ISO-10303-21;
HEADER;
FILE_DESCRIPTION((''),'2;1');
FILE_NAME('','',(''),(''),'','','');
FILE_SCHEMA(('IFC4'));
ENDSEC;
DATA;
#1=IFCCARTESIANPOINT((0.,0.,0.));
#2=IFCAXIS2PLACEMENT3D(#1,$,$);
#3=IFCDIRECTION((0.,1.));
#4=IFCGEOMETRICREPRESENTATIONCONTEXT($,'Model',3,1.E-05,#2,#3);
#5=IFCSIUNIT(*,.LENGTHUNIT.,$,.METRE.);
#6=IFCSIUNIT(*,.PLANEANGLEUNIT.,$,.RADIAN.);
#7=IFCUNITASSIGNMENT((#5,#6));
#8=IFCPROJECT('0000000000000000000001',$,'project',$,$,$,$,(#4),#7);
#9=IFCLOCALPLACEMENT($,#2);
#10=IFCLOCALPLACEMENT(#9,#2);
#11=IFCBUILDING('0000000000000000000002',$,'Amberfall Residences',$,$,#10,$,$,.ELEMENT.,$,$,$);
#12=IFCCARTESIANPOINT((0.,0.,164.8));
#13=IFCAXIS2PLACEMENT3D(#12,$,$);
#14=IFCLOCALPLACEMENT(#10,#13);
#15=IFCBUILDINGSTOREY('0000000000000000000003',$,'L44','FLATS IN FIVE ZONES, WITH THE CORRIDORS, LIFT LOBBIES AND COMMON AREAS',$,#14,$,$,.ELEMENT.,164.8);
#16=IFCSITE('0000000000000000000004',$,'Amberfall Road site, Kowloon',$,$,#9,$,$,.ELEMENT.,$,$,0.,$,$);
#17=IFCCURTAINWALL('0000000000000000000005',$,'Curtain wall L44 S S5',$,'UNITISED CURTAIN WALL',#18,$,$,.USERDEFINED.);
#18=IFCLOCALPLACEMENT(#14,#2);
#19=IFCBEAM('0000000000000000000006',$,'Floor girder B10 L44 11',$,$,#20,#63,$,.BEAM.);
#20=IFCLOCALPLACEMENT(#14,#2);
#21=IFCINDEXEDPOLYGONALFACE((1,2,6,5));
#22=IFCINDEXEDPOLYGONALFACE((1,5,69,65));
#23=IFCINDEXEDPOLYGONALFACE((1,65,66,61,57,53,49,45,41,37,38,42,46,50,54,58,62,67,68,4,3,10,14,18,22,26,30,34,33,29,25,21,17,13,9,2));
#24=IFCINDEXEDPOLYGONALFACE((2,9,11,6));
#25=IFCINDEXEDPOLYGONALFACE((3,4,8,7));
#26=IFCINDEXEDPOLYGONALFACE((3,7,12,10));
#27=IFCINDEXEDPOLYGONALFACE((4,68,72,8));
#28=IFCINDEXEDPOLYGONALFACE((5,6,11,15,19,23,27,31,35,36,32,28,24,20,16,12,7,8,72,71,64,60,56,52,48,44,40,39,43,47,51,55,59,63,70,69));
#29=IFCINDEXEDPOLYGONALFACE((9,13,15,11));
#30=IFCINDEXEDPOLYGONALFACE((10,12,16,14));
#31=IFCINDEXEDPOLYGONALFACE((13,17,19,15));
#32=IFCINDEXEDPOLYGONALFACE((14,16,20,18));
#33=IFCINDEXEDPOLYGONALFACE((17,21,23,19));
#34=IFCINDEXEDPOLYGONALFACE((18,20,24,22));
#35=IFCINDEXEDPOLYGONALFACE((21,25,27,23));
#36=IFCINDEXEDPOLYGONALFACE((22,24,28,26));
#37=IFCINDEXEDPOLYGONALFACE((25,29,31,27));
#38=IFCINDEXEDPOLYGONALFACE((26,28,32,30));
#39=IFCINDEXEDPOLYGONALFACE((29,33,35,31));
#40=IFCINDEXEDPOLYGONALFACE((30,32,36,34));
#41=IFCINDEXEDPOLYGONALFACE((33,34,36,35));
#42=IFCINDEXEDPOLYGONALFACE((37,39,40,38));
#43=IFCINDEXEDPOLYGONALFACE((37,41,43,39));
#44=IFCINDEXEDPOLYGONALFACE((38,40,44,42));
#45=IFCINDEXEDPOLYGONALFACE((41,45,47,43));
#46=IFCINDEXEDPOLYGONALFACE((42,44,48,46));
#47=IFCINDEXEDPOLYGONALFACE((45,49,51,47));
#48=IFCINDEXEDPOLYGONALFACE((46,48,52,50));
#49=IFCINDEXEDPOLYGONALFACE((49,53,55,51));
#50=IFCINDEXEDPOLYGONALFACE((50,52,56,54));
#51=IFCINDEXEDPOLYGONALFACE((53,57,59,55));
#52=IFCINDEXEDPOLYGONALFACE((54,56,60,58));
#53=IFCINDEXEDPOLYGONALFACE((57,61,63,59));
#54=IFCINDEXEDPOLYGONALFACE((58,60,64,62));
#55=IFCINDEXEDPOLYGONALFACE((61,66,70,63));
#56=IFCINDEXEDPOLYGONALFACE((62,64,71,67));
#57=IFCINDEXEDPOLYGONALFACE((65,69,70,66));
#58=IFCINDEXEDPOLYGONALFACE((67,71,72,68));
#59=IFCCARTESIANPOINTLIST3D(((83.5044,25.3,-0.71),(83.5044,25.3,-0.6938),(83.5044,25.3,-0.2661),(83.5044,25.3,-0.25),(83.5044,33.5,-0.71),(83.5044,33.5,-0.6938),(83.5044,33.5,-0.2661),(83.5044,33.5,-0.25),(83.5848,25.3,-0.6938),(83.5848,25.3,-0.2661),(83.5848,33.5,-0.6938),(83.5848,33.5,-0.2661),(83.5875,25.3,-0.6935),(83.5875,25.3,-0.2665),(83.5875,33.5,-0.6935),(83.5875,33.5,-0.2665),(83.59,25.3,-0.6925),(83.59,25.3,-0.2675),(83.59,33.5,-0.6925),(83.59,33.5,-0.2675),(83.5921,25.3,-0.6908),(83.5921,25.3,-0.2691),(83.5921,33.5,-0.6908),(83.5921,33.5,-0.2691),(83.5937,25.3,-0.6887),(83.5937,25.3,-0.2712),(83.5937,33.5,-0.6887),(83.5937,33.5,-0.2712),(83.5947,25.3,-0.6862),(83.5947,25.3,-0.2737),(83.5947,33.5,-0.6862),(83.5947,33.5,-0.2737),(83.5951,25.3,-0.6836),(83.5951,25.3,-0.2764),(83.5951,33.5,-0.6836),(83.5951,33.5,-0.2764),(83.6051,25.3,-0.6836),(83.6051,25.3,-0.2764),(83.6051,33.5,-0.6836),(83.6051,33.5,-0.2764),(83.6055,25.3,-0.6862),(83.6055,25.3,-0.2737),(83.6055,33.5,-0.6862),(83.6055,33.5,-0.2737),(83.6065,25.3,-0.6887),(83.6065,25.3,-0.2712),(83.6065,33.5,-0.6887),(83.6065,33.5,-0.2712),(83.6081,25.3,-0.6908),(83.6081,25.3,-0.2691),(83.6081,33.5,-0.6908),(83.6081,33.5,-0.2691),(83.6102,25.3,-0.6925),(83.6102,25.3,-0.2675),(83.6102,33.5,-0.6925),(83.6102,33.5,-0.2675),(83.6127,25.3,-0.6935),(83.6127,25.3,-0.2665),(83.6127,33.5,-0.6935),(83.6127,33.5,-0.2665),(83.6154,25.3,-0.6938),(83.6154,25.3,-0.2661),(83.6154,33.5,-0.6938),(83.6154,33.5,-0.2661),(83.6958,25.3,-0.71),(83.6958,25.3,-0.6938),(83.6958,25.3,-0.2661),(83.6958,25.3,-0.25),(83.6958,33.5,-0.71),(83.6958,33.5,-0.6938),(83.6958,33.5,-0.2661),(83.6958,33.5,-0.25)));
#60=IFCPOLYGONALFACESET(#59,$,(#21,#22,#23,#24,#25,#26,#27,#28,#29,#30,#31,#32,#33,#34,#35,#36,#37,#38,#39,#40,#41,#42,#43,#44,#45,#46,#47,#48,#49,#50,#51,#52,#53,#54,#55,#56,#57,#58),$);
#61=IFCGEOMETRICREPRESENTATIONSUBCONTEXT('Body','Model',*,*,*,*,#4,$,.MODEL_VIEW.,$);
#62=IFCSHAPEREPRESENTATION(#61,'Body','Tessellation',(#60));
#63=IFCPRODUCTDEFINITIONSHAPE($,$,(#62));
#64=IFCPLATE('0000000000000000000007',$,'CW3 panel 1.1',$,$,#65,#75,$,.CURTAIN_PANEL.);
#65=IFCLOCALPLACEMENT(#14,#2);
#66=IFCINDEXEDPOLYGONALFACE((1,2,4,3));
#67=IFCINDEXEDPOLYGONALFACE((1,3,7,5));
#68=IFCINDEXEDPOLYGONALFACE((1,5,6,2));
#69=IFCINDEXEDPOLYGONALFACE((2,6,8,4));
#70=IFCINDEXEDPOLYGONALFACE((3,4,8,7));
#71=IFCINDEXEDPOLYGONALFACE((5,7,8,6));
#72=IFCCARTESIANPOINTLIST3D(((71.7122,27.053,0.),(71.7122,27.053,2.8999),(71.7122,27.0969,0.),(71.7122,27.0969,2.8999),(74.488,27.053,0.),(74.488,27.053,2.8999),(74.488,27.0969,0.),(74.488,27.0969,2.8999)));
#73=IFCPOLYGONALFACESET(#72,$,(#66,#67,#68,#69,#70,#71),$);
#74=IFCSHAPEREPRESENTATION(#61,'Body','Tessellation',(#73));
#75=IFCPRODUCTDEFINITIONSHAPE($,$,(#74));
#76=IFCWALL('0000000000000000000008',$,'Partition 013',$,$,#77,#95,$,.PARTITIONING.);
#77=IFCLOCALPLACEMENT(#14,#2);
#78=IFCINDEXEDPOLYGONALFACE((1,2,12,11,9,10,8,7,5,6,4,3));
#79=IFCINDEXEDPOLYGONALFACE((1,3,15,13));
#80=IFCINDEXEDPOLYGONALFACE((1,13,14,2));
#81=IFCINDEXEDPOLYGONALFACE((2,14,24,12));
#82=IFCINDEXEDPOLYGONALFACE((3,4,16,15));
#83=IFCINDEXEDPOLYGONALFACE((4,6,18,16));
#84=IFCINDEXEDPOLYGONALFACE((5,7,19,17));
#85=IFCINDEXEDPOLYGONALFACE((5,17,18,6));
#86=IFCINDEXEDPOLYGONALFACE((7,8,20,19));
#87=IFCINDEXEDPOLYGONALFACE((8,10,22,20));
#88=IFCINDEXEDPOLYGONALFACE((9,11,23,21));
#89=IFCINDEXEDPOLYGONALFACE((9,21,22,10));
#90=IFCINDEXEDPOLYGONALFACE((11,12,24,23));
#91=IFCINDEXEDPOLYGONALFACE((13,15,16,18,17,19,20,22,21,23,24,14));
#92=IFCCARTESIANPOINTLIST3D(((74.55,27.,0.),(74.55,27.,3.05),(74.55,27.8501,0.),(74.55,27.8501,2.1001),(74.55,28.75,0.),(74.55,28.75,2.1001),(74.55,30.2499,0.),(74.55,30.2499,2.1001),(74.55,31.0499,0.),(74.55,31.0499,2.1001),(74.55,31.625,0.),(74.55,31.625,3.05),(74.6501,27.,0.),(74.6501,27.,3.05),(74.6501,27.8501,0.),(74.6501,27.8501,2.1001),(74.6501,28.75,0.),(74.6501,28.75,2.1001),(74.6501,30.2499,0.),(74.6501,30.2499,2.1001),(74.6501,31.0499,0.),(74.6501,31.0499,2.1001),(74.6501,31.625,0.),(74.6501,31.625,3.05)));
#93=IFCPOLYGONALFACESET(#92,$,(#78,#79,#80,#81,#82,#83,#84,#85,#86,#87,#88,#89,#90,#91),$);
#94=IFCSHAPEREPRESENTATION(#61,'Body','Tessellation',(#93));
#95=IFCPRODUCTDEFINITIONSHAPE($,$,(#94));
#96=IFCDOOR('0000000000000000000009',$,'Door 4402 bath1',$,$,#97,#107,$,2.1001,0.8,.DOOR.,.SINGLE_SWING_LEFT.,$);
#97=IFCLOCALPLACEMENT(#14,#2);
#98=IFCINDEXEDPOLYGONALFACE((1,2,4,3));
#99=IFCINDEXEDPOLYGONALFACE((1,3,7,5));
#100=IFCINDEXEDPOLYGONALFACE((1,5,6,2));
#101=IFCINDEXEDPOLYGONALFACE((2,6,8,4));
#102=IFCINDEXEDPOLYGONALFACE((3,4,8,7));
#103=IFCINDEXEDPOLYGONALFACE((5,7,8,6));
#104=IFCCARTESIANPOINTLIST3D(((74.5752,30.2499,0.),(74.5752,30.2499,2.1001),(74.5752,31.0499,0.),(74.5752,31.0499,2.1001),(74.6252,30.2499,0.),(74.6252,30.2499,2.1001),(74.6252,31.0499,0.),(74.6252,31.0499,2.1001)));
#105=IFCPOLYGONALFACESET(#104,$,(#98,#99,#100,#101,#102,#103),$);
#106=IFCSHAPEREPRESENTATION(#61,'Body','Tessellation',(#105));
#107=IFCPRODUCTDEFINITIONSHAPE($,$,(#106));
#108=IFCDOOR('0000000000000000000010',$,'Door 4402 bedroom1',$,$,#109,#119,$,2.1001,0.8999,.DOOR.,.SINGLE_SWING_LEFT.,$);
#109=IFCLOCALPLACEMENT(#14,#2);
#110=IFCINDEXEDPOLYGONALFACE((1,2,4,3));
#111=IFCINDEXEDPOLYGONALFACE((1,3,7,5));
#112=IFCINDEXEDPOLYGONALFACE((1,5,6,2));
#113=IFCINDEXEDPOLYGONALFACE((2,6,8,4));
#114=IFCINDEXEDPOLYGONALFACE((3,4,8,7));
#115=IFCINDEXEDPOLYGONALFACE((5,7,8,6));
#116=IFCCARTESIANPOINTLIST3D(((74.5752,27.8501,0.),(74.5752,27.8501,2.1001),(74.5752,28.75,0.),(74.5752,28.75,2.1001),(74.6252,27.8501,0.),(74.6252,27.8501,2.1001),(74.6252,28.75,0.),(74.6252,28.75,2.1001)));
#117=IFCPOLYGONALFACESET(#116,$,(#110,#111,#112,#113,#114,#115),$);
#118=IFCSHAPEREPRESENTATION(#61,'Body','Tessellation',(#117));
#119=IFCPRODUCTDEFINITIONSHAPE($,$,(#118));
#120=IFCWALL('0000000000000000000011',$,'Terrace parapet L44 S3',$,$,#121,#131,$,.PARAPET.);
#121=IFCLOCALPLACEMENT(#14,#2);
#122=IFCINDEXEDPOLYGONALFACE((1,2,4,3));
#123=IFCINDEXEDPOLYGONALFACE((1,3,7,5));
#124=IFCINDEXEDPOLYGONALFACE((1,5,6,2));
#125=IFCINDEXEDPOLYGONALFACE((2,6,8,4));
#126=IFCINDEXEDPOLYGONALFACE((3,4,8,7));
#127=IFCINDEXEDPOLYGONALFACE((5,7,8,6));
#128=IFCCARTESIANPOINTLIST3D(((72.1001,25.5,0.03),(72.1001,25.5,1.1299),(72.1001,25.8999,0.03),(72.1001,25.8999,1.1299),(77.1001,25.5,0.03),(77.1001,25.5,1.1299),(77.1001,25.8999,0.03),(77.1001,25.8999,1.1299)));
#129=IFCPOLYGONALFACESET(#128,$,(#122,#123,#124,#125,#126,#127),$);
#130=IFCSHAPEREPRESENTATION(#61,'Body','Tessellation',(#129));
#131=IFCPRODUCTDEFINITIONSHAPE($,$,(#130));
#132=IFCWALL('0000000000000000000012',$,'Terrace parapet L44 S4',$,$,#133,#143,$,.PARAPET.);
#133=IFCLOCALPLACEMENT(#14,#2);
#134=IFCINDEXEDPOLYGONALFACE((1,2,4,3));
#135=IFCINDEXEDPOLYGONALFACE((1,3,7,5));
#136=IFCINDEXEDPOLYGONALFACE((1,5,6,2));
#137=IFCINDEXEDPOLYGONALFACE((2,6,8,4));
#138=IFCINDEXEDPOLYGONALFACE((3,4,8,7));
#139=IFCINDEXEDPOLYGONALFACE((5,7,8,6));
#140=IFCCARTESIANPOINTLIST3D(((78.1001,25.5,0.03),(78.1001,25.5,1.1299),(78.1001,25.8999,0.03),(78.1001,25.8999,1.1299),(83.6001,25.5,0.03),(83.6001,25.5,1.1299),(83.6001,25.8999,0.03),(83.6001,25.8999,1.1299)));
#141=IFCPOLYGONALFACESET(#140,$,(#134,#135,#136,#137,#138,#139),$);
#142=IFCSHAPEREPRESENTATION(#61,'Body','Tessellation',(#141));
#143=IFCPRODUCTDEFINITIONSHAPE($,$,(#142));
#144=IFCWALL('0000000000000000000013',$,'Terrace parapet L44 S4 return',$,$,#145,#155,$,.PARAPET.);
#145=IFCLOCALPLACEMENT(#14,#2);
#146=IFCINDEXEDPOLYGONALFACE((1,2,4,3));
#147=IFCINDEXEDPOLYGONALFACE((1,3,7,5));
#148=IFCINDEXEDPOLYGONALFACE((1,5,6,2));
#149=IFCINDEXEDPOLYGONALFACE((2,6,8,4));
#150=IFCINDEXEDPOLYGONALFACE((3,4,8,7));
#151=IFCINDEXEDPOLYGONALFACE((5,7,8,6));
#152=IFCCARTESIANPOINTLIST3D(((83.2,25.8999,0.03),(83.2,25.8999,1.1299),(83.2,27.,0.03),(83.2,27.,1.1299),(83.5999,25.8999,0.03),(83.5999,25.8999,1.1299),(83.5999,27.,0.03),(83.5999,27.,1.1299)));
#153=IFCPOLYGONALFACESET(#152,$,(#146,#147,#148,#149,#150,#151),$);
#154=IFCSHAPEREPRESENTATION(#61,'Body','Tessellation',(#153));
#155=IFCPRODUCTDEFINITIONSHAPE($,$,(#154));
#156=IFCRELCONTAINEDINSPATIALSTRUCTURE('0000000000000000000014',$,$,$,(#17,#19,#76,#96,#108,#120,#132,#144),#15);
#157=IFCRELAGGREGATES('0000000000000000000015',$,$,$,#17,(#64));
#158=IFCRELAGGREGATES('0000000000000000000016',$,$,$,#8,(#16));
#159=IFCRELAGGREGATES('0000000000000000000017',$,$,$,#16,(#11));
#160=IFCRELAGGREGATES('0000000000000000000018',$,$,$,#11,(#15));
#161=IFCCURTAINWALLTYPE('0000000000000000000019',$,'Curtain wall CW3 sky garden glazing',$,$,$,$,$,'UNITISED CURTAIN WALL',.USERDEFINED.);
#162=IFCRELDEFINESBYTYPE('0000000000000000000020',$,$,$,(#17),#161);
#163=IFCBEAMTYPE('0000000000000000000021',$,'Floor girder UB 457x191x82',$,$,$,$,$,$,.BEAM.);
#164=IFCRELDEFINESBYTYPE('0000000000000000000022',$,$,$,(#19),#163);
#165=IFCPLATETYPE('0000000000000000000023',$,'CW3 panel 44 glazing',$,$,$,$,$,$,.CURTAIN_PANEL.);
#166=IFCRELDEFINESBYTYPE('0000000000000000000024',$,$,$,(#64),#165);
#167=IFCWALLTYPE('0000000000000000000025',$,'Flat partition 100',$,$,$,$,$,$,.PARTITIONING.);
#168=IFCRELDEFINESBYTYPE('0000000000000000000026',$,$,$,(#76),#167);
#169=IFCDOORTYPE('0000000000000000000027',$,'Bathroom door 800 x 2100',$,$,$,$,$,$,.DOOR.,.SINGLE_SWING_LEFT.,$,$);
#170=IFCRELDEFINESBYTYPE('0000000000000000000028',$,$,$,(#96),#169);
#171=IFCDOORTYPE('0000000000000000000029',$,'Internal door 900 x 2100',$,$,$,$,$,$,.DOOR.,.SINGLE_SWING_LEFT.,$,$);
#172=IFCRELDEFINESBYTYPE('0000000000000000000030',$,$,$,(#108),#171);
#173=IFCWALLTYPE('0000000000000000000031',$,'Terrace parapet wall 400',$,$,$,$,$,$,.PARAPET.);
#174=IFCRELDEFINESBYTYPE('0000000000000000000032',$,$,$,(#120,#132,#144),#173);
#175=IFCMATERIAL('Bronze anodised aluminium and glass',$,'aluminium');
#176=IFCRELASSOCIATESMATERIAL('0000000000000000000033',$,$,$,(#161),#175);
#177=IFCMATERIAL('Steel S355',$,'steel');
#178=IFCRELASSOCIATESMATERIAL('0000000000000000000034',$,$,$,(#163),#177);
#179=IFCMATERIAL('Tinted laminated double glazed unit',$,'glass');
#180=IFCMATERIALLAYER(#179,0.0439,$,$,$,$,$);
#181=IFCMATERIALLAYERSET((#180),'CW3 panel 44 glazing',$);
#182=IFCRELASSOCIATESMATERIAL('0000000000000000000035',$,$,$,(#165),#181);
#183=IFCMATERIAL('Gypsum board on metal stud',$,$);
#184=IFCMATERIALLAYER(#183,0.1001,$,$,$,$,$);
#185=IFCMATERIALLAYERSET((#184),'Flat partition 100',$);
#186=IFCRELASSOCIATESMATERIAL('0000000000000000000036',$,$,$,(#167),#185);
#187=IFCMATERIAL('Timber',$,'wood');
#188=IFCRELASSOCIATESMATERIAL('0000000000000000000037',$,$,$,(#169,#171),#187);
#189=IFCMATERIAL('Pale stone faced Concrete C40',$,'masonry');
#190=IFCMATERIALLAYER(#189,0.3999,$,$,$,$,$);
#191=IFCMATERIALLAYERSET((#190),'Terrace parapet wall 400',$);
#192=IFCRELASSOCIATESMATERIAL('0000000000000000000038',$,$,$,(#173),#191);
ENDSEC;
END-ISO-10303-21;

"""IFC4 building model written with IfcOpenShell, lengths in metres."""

from ifc_helpers import new_model, si_unit, direction, frame, frame_2d, origin, origin_2d, place, context, subcontext, project, spatial, rectangle, i_section, extrude, material, layer, layer_set, material_profile, profile_set, type_object, element, fill, aggregate, save


model = new_model("IFC4")

# Units and contexts
model_context = context("Model", 3, precision=1e-05, world=origin(), true_north=direction((0.0, 1.0)))
body_context = subcontext(model_context, "Body", "Model", "MODEL_VIEW")
ifc_project = project(units=[si_unit("LENGTHUNIT", "METRE"), si_unit("PLANEANGLEUNIT", "RADIAN")], contexts=[model_context])

# Site, building, storey
site_placement = place(None, origin())
site = spatial("IfcSite", under=ifc_project, at=site_placement, Name="Amberfall Road site, Kowloon", CompositionType="ELEMENT", RefElevation=0.0)
building_placement = place(site_placement, origin())
building = spatial("IfcBuilding", under=site, at=building_placement, Name="Amberfall Residences", CompositionType="ELEMENT")
storey_placement = place(building_placement, frame((0.0, 0.0, 164.8)))
storey = spatial("IfcBuildingStorey", under=building, at=storey_placement, Name="L44", Description="FLATS IN FIVE ZONES, WITH THE CORRIDORS, LIFT LOBBIES AND COMMON AREAS", CompositionType="ELEMENT", Elevation=164.8)

# Curtain wall
ifc_material_1 = material(Name="Bronze anodised aluminium and glass", Category="aluminium")
curtain_wall_type = type_object("IfcCurtainWallType", Name="Curtain wall CW3 sky garden glazing", ElementType="UNITISED CURTAIN WALL", PredefinedType="USERDEFINED", material=ifc_material_1)
curtain_wall_placement = place(storey_placement, origin())
curtain_wall = element("IfcCurtainWall", 1, at=curtain_wall_placement, inside=storey, type_object=curtain_wall_type, Name="Curtain wall L44 S S5", ObjectType="UNITISED CURTAIN WALL", PredefinedType="USERDEFINED")

# Beam
ifc_material_2 = material(Name="Steel S355", Category="steel")
ifc_material_profile_1 = material_profile(ifc_material_2, i_section(OverallWidth=0.1914, OverallDepth=0.46, WebThickness=0.01, FlangeThickness=0.0161, FilletRadius=0.0103, at=origin_2d()), Name="UB 457x191x82")
ifc_profile_set_1 = profile_set([ifc_material_profile_1], Name="Steel S355")
beam_type_1 = type_object("IfcBeamType", Name="Floor girder UB 457x191x82", PredefinedType="BEAM", material=ifc_profile_set_1)
beam_1_placement = place(storey_placement, frame((83.6001, 25.3, -0.48), z_axis=(0.0, 1.0, 0.0), x_axis=(-1.0, 0.0, 0.0)))
element("IfcBeam", 2, at=beam_1_placement, inside=storey, type_object=beam_type_1, Name="Floor girder B10 L44 11", PredefinedType="BEAM", context=body_context, shape_type="SweptSolid", body=[
    extrude(i_section(OverallWidth=0.1914, OverallDepth=0.46, WebThickness=0.01, FlangeThickness=0.0161, FilletRadius=0.0103, at=origin_2d()), origin(), (0.0, 0.0, 1.0), 8.2),
])

# Plate
ifc_material_3 = material(Name="Tinted laminated double glazed unit", Category="glass")
ifc_layer_1 = layer(ifc_material_3, 0.0439)
ifc_layer_set_1 = layer_set([ifc_layer_1], Name="CW3 panel 44 glazing")
plate_type = type_object("IfcPlateType", Name="CW3 panel 44 glazing", PredefinedType="CURTAIN_PANEL", material=ifc_layer_set_1)
plate_placement = place(storey_placement, frame((73.1001, 27.075, 0.0), z_axis=(0.0, 0.0, 1.0), x_axis=(1.0, 0.0, 0.0)))
plate = element("IfcPlate", 3, at=plate_placement, type_object=plate_type, Name="CW3 panel 1.1", PredefinedType="CURTAIN_PANEL", context=body_context, shape_type="SweptSolid", body=[
    extrude(rectangle(XDim=2.7759, YDim=0.0439, at=origin_2d()), origin(), (0.0, 0.0, 1.0), 2.8999),
])
aggregate(curtain_wall, [plate])

# Wall, openings, doors
ifc_material_4 = material(Name="Gypsum board on metal stud")
ifc_layer_2 = layer(ifc_material_4, 0.1001)
ifc_layer_set_2 = layer_set([ifc_layer_2], Name="Flat partition 100")
wall_type_1 = type_object("IfcWallType", Name="Flat partition 100", PredefinedType="PARTITIONING", material=ifc_layer_set_2)
wall_1_placement = place(storey_placement, frame((74.6001, 27.0, 0.0), z_axis=(0.0, 0.0, 1.0), x_axis=(0.0, 1.0, 0.0)))
wall_1 = element("IfcWall", 4, at=wall_1_placement, inside=storey, type_object=wall_type_1, Name="Partition 013", PredefinedType="PARTITIONING", context=body_context, shape_type="SweptSolid", body=[
    extrude(rectangle(XDim=4.625, YDim=0.1001, at=frame_2d((2.3125, 0.0))), origin(), (0.0, 0.0, 1.0), 3.05),
])
opening_1_placement = place(wall_1_placement, frame((0.8501, 0.0, 0.0)))
opening_1 = element("IfcOpeningElement", 5, at=opening_1_placement, cuts=wall_1, PredefinedType="OPENING", context=body_context, shape_type="SweptSolid", body=[
    extrude(rectangle(XDim=0.8999, YDim=2.1001, at=frame_2d((0.45, 1.05))), frame((0.0, 0.0601, 0.0), z_axis=(0.0, -1.0, 0.0), x_axis=(1.0, 0.0, 0.0)), (0.0, 0.0, 1.0), 0.1201),
])
opening_2_placement = place(wall_1_placement, frame((3.25, 0.0, 0.0)))
opening_2 = element("IfcOpeningElement", 6, at=opening_2_placement, cuts=wall_1, PredefinedType="OPENING", context=body_context, shape_type="SweptSolid", body=[
    extrude(rectangle(XDim=0.8, YDim=2.1001, at=frame_2d((0.3999, 1.05))), frame((0.0, 0.0601, 0.0), z_axis=(0.0, -1.0, 0.0), x_axis=(1.0, 0.0, 0.0)), (0.0, 0.0, 1.0), 0.1201),
])
ifc_material_5 = material(Name="Timber", Category="wood")
door_type_1 = type_object("IfcDoorType", Name="Bathroom door 800 x 2100", OperationType="SINGLE_SWING_LEFT", PredefinedType="DOOR", material=ifc_material_5)
door_1_placement = place(opening_2_placement, origin())
door_1 = element("IfcDoor", 7, at=door_1_placement, inside=storey, type_object=door_type_1, Name="Door 4402 bath1", OperationType="SINGLE_SWING_LEFT", OverallHeight=2.1001, OverallWidth=0.8, PredefinedType="DOOR", context=body_context, shape_type="SweptSolid", body=[
    extrude(rectangle(XDim=0.8, YDim=2.1001, at=frame_2d((0.3999, 1.05))), frame((0.0, 0.0249, 0.0), z_axis=(0.0, -1.0, 0.0), x_axis=(1.0, 0.0, 0.0)), (0.0, 0.0, 1.0), 0.05),
])
fill(opening_2, door_1)
door_type_2 = type_object("IfcDoorType", Name="Internal door 900 x 2100", OperationType="SINGLE_SWING_LEFT", PredefinedType="DOOR", material=ifc_material_5)
door_2_placement = place(opening_1_placement, origin())
door_2 = element("IfcDoor", 8, at=door_2_placement, inside=storey, type_object=door_type_2, Name="Door 4402 bedroom1", OperationType="SINGLE_SWING_LEFT", OverallHeight=2.1001, OverallWidth=0.8999, PredefinedType="DOOR", context=body_context, shape_type="SweptSolid", body=[
    extrude(rectangle(XDim=0.8999, YDim=2.1001, at=frame_2d((0.45, 1.05))), frame((0.0, 0.0249, 0.0), z_axis=(0.0, -1.0, 0.0), x_axis=(1.0, 0.0, 0.0)), (0.0, 0.0, 1.0), 0.05),
])
fill(opening_1, door_2)

# Walls
ifc_material_6 = material(Name="Pale stone faced Concrete C40", Category="masonry")
ifc_layer_3 = layer(ifc_material_6, 0.3999)
ifc_layer_set_3 = layer_set([ifc_layer_3], Name="Terrace parapet wall 400")
wall_type_2 = type_object("IfcWallType", Name="Terrace parapet wall 400", PredefinedType="PARAPET", material=ifc_layer_set_3)
wall_2_placement = place(storey_placement, frame((72.1001, 25.7, 0.03), z_axis=(0.0, 0.0, 1.0), x_axis=(1.0, 0.0, 0.0)))
element("IfcWall", 9, at=wall_2_placement, inside=storey, type_object=wall_type_2, Name="Terrace parapet L44 S3", PredefinedType="PARAPET", context=body_context, shape_type="SweptSolid", body=[
    extrude(rectangle(XDim=5.0, YDim=0.3999, at=frame_2d((2.5, 0.0))), origin(), (0.0, 0.0, 1.0), 1.0999),
])
wall_3_placement = place(storey_placement, frame((78.1001, 25.7, 0.03), z_axis=(0.0, 0.0, 1.0), x_axis=(1.0, 0.0, 0.0)))
element("IfcWall", 10, at=wall_3_placement, inside=storey, type_object=wall_type_2, Name="Terrace parapet L44 S4", PredefinedType="PARAPET", context=body_context, shape_type="SweptSolid", body=[
    extrude(rectangle(XDim=5.5, YDim=0.3999, at=frame_2d((2.75, 0.0))), origin(), (0.0, 0.0, 1.0), 1.0999),
])
wall_4_placement = place(storey_placement, frame((83.3999, 25.8999, 0.03), z_axis=(0.0, 0.0, 1.0), x_axis=(0.0, 1.0, 0.0)))
element("IfcWall", 11, at=wall_4_placement, inside=storey, type_object=wall_type_2, Name="Terrace parapet L44 S4 return", PredefinedType="PARAPET", context=body_context, shape_type="SweptSolid", body=[
    extrude(rectangle(XDim=1.1001, YDim=0.3999, at=frame_2d((0.55, 0.0))), origin(), (0.0, 0.0, 1.0), 1.0999),
])

save(model, "model.ifc")
